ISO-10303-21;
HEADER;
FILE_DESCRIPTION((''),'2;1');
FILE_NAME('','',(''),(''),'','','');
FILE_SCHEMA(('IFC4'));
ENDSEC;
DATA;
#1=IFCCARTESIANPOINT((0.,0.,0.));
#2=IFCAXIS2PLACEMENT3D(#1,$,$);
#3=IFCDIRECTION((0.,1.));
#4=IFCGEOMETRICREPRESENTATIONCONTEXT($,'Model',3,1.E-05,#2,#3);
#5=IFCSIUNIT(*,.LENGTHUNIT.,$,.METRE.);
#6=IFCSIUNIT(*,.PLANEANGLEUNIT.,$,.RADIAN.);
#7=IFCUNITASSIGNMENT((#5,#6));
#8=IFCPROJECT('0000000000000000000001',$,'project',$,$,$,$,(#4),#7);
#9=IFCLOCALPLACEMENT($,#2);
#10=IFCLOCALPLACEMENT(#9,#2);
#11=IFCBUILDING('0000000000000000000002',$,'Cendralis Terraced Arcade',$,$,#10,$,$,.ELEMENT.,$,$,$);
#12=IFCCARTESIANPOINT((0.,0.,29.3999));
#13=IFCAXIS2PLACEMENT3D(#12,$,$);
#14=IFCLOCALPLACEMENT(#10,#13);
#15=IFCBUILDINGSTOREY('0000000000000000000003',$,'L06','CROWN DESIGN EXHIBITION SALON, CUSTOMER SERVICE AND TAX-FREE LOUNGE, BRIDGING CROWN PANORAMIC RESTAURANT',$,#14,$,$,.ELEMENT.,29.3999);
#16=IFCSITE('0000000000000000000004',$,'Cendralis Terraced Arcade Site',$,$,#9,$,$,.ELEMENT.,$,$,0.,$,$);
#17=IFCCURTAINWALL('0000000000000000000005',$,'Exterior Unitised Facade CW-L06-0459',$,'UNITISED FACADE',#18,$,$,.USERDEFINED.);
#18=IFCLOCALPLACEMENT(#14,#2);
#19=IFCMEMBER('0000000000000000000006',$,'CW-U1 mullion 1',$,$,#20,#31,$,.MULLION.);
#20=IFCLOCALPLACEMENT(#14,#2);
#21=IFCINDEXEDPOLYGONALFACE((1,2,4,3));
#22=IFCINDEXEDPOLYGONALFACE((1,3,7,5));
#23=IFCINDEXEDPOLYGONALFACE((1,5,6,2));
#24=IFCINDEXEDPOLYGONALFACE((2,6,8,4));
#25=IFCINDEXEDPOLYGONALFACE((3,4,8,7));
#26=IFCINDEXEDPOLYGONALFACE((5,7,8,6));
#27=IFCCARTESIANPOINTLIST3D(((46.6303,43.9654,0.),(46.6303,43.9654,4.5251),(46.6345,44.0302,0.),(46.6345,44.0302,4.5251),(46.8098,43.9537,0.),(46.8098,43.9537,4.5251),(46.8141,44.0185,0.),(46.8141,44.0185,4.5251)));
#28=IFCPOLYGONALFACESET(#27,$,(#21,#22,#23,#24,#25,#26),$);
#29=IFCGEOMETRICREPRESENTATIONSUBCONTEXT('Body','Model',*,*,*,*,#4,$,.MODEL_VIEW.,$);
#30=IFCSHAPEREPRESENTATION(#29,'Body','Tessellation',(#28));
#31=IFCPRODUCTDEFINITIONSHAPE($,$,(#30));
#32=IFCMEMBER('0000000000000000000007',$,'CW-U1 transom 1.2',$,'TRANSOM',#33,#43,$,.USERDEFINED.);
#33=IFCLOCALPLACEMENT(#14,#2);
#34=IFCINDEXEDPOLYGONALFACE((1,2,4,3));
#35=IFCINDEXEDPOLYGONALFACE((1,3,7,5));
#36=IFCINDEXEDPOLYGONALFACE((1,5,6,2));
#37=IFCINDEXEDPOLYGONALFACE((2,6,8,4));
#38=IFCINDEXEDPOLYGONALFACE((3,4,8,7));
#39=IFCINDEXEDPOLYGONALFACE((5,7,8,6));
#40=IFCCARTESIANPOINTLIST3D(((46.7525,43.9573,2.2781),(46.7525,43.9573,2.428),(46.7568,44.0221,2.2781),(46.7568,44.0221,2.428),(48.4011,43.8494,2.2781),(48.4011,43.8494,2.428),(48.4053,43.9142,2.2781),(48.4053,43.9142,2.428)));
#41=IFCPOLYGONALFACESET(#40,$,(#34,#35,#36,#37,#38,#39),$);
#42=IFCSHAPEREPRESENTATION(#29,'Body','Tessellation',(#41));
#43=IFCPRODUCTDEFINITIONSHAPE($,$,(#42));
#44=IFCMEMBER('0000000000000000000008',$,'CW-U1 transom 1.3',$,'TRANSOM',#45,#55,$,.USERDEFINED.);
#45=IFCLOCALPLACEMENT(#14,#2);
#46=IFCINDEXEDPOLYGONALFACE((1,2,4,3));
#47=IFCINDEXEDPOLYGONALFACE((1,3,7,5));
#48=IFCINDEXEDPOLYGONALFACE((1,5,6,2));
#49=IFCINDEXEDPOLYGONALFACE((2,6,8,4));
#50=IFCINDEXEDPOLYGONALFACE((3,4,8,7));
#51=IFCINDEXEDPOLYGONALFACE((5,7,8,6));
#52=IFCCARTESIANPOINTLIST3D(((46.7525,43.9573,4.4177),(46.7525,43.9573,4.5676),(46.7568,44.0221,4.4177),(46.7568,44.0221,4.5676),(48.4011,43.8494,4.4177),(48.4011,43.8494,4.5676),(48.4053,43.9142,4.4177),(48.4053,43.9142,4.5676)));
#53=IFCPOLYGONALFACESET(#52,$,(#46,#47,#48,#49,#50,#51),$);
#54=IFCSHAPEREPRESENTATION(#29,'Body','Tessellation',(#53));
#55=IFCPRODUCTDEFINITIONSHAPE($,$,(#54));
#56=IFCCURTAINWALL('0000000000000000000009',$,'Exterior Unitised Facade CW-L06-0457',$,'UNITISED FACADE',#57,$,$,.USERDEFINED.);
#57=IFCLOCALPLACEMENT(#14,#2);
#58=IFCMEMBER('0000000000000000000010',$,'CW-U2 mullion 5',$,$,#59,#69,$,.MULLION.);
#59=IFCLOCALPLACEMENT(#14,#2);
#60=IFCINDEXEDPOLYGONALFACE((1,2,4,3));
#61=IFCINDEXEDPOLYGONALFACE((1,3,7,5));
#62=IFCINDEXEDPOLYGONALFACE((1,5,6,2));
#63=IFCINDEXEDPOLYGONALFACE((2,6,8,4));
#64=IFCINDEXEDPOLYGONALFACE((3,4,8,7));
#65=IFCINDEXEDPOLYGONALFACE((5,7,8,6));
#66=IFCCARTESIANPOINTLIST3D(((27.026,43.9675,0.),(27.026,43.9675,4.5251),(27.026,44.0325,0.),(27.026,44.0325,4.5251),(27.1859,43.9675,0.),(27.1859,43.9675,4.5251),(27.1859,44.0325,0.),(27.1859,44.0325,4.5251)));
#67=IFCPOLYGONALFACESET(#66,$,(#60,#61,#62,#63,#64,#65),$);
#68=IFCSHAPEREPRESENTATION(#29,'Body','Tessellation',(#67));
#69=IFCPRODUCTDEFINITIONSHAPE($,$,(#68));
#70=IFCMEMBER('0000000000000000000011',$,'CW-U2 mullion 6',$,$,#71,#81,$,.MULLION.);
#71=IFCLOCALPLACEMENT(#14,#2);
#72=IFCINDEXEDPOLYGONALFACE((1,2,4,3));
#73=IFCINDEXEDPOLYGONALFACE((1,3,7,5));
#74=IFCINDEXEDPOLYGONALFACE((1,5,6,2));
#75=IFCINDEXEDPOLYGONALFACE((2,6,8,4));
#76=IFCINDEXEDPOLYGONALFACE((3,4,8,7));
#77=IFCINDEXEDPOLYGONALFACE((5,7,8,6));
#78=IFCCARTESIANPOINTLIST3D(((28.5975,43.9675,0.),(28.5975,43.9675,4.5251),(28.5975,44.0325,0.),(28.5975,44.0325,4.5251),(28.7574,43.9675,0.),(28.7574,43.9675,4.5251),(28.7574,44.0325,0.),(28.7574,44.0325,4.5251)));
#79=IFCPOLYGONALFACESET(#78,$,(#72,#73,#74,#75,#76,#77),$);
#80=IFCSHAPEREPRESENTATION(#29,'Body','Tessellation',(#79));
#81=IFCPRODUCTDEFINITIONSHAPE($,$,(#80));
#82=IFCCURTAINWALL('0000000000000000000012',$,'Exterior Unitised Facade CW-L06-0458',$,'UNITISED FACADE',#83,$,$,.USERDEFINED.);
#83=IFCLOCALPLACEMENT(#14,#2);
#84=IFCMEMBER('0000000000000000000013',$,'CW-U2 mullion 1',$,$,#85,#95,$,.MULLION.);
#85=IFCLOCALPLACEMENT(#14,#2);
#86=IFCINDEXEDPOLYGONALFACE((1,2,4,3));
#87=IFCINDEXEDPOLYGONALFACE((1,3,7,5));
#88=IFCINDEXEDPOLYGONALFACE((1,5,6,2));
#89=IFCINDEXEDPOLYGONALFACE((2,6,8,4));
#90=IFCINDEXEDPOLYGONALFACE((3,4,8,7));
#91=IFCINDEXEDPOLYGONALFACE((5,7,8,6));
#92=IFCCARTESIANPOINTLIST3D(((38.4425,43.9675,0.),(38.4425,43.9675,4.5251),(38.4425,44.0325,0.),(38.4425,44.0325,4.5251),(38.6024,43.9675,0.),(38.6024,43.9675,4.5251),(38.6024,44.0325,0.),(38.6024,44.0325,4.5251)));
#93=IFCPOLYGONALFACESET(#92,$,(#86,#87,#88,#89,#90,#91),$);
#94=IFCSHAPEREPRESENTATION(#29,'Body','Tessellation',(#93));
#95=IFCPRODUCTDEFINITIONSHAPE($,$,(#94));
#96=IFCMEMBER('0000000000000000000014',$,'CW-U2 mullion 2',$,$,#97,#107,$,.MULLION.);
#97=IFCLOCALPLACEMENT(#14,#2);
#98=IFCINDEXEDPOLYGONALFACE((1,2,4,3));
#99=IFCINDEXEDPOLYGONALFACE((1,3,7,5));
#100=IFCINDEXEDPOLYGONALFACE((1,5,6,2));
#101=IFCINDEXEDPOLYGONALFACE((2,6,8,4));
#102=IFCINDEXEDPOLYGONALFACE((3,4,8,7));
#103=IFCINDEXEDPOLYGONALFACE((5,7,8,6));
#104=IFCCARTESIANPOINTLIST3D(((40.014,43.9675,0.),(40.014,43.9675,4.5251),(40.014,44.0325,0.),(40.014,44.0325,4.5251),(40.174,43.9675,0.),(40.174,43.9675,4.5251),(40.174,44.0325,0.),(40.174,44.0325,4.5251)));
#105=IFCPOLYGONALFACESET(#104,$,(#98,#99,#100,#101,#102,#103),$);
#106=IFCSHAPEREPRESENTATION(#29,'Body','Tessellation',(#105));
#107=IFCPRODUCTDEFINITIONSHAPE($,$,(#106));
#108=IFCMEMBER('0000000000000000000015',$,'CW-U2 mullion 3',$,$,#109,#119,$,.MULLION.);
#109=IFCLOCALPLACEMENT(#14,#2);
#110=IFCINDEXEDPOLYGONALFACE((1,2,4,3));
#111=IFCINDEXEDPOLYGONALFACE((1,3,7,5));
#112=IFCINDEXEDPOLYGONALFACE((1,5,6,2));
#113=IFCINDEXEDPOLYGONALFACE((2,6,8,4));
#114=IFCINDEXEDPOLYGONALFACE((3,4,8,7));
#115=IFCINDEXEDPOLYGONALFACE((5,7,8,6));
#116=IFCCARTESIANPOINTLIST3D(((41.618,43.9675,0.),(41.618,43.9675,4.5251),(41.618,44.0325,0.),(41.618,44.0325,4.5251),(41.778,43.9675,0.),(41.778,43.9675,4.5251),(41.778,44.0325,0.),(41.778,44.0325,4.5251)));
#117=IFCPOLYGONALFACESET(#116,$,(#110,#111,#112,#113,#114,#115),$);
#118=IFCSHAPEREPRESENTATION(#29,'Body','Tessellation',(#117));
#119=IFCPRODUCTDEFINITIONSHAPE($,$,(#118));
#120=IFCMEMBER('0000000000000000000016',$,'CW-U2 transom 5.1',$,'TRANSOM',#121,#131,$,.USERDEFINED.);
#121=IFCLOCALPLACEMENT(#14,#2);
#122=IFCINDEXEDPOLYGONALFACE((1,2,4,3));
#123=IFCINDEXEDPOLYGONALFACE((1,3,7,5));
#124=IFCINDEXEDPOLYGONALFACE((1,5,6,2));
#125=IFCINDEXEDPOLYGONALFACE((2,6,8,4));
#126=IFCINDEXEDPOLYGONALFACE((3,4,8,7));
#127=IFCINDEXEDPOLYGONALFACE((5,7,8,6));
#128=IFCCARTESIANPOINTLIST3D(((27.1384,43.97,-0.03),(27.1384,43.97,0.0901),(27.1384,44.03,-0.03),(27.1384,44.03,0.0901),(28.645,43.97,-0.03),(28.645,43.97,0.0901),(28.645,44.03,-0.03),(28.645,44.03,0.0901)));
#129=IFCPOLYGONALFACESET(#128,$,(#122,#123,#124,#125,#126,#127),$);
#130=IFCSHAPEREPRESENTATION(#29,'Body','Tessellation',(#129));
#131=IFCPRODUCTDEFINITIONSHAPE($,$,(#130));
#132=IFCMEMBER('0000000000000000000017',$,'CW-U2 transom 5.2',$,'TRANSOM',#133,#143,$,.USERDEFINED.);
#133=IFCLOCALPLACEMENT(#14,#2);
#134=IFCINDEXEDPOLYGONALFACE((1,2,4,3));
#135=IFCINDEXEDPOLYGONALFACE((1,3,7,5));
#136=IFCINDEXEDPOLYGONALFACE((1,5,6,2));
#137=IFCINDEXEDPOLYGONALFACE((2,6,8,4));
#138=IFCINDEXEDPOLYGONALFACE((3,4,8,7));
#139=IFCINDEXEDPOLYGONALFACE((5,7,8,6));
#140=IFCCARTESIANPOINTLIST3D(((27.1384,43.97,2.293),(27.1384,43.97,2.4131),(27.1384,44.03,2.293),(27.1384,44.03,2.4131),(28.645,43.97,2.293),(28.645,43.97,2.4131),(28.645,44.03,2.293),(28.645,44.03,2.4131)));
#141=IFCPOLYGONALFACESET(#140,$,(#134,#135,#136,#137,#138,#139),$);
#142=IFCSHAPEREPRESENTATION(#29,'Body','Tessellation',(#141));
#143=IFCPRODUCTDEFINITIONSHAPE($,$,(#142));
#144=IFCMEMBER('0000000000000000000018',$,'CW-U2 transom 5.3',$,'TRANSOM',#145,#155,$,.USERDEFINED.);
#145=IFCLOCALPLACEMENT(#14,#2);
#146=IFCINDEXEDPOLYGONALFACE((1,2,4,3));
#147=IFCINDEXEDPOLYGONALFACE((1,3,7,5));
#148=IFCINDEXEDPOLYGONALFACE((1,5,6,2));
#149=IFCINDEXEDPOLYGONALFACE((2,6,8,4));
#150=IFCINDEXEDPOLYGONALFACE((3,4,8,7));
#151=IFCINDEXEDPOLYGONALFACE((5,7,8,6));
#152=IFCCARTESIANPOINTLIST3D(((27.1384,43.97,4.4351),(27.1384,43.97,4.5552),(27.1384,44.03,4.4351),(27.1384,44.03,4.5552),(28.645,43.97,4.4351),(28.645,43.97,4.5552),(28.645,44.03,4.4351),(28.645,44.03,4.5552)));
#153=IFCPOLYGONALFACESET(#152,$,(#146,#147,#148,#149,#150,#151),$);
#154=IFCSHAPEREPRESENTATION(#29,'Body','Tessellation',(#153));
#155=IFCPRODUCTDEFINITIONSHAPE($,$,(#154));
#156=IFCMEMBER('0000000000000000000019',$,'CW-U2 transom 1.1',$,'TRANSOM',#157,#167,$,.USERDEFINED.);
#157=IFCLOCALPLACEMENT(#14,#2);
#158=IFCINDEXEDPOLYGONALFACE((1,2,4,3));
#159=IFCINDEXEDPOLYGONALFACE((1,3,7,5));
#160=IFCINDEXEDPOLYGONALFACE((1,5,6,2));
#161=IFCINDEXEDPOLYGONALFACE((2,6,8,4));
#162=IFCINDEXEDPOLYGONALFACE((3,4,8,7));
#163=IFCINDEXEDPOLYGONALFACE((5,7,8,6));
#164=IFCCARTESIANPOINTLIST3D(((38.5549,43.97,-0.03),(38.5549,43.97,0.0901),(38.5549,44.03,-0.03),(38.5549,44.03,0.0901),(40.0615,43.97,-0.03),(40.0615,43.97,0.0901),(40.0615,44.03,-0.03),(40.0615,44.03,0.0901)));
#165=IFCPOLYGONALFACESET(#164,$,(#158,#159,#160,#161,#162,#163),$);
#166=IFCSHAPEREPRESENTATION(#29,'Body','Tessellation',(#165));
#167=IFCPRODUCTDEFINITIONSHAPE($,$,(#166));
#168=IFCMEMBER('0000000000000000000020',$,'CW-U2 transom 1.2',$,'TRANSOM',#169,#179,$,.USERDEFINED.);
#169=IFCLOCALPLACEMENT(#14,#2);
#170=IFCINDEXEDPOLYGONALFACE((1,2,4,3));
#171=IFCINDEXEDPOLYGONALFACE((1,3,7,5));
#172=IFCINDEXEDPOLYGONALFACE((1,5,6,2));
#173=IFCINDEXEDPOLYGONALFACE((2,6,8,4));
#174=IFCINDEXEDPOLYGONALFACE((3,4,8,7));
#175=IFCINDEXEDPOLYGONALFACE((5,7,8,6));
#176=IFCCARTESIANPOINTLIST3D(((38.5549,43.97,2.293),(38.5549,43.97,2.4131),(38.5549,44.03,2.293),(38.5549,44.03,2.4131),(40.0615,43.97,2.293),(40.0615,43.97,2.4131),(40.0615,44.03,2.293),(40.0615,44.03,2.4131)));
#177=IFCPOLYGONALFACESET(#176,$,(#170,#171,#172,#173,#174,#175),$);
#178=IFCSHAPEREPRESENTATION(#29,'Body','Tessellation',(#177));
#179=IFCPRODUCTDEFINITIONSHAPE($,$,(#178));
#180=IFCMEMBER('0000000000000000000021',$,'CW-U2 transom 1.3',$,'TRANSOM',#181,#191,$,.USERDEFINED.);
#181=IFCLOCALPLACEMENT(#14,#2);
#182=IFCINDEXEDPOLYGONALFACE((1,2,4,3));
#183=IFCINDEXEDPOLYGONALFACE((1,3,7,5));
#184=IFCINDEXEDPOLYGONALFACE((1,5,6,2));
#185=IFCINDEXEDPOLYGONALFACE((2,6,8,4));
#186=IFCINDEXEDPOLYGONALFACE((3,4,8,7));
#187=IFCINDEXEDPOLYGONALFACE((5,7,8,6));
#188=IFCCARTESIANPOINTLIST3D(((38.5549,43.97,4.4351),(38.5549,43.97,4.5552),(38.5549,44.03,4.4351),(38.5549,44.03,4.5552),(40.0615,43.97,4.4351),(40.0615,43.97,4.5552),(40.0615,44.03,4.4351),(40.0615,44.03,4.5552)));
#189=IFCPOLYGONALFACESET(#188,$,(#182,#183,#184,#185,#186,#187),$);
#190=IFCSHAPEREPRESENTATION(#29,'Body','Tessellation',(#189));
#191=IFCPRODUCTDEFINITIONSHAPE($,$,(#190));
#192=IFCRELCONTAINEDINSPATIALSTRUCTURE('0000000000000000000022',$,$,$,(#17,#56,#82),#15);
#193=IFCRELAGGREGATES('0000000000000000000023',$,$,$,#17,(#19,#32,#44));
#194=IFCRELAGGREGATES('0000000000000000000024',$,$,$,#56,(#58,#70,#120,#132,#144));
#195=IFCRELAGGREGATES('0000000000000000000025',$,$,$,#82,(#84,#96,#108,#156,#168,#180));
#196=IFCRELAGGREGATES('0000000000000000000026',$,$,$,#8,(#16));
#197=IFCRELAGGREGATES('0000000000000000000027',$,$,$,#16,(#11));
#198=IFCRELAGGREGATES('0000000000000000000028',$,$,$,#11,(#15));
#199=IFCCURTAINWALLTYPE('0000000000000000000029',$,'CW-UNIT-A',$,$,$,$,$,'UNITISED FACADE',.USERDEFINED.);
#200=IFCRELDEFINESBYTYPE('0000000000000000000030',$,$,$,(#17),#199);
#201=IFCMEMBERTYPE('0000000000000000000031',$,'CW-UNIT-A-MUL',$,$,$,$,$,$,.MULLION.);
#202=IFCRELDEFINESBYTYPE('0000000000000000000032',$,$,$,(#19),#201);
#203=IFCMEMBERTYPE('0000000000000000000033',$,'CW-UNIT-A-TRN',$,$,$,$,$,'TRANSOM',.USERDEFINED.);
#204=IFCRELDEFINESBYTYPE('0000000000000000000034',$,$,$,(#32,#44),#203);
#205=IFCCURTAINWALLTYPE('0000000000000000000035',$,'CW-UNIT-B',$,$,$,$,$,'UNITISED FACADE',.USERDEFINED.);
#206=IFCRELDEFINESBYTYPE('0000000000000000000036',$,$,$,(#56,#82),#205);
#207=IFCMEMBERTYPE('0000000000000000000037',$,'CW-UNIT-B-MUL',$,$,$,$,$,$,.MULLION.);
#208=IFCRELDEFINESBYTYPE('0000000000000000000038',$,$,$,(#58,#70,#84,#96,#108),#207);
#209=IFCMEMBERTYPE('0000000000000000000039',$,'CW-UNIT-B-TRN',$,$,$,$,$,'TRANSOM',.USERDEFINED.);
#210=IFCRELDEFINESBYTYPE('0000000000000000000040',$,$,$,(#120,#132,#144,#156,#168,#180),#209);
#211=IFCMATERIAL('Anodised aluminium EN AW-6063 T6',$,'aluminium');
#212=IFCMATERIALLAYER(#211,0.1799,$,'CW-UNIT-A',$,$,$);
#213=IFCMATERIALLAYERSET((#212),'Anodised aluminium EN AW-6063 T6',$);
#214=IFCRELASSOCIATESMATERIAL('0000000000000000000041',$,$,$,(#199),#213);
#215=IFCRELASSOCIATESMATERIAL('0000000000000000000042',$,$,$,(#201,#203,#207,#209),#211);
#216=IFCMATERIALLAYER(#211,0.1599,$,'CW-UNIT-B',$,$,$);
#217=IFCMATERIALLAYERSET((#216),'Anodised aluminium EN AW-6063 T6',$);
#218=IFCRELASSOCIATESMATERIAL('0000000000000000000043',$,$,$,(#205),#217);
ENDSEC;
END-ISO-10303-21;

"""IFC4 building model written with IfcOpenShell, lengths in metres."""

from ifc_helpers import new_model, si_unit, direction, frame, origin, origin_2d, place, context, subcontext, project, spatial, rectangle, extrude, material, layer, layer_set, material_profile, profile_set, type_object, element, aggregate, save


model = new_model("IFC4")

# Units and contexts
model_context = context("Model", 3, precision=1e-05, world=origin(), true_north=direction((0.0, 1.0)))
body_context = subcontext(model_context, "Body", "Model", "MODEL_VIEW")
ifc_project = project(units=[si_unit("LENGTHUNIT", "METRE"), si_unit("PLANEANGLEUNIT", "RADIAN")], contexts=[model_context])

# Site, building, storey
site_placement = place(None, origin())
site = spatial("IfcSite", under=ifc_project, at=site_placement, Name="Cendralis Terraced Arcade Site", CompositionType="ELEMENT", RefElevation=0.0)
building_placement = place(site_placement, origin())
building = spatial("IfcBuilding", under=site, at=building_placement, Name="Cendralis Terraced Arcade", CompositionType="ELEMENT")
storey_placement = place(building_placement, frame((0.0, 0.0, 29.3999)))
storey = spatial("IfcBuildingStorey", under=building, at=storey_placement, Name="L06", Description="CROWN DESIGN EXHIBITION SALON, CUSTOMER SERVICE AND TAX-FREE LOUNGE, BRIDGING CROWN PANORAMIC RESTAURANT", CompositionType="ELEMENT", Elevation=29.3999)

# Curtain walls, members
ifc_material_1 = material(Name="Anodised aluminium EN AW-6063 T6", Category="aluminium")
ifc_layer_1 = layer(ifc_material_1, 0.1799, Name="CW-UNIT-A")
ifc_layer_set_1 = layer_set([ifc_layer_1], Name="Anodised aluminium EN AW-6063 T6")
curtain_wall_type_1 = type_object("IfcCurtainWallType", Name="CW-UNIT-A", ElementType="UNITISED FACADE", PredefinedType="USERDEFINED", material=ifc_layer_set_1)
curtain_wall_1_placement = place(storey_placement, origin())
curtain_wall_1 = element("IfcCurtainWall", 1, at=curtain_wall_1_placement, inside=storey, type_object=curtain_wall_type_1, Name="Exterior Unitised Facade CW-L06-0459", ObjectType="UNITISED FACADE", PredefinedType="USERDEFINED")
ifc_material_profile_1 = material_profile(ifc_material_1, rectangle(XDim=0.0649, YDim=0.1799, at=origin_2d()), Name="ALU-MUL-65x180")
ifc_profile_set_1 = profile_set([ifc_material_profile_1], Name="Anodised aluminium EN AW-6063 T6")
member_type_1 = type_object("IfcMemberType", Name="CW-UNIT-A-MUL", PredefinedType="MULLION", material=ifc_profile_set_1)
member_1_placement = place(storey_placement, frame((46.7222, 43.9919, 0.0), z_axis=(0.0, 0.0, 1.0), x_axis=(0.065372, 0.997861, 0.0)))
member_1 = element("IfcMember", 2, at=member_1_placement, type_object=member_type_1, Name="CW-U1 mullion 1", PredefinedType="MULLION", context=body_context, shape_type="SweptSolid", body=[
    extrude(rectangle(XDim=0.0649, YDim=0.1799, at=origin_2d()), origin(), (0.0, 0.0, 1.0), 4.5251),
])
ifc_material_profile_2 = material_profile(ifc_material_1, rectangle(XDim=0.0649, YDim=0.1499, at=origin_2d()), Name="ALU-TRN-65x150")
ifc_profile_set_2 = profile_set([ifc_material_profile_2], Name="Anodised aluminium EN AW-6063 T6")
member_type_2 = type_object("IfcMemberType", Name="CW-UNIT-A-TRN", ElementType="TRANSOM", PredefinedType="USERDEFINED", material=ifc_profile_set_2)
member_2_placement = place(storey_placement, frame((46.7546, 43.9897, 2.353), z_axis=(0.997865, -0.065313, 0.0), x_axis=(0.065313, 0.997865, 0.0)))
member_2 = element("IfcMember", 3, at=member_2_placement, type_object=member_type_2, Name="CW-U1 transom 1.2", ObjectType="TRANSOM", PredefinedType="USERDEFINED", context=body_context, shape_type="SweptSolid", body=[
    extrude(rectangle(XDim=0.0649, YDim=0.1499, at=origin_2d()), origin(), (0.0, 0.0, 1.0), 1.6521),
])
member_3_placement = place(storey_placement, frame((46.7546, 43.9897, 4.4927), z_axis=(0.997865, -0.065313, 0.0), x_axis=(0.065313, 0.997865, 0.0)))
member_3 = element("IfcMember", 4, at=member_3_placement, type_object=member_type_2, Name="CW-U1 transom 1.3", ObjectType="TRANSOM", PredefinedType="USERDEFINED", context=body_context, shape_type="SweptSolid", body=[
    extrude(rectangle(XDim=0.0649, YDim=0.1499, at=origin_2d()), origin(), (0.0, 0.0, 1.0), 1.6521),
])
aggregate(curtain_wall_1, [member_1, member_2, member_3])
ifc_layer_2 = layer(ifc_material_1, 0.1599, Name="CW-UNIT-B")
ifc_layer_set_2 = layer_set([ifc_layer_2], Name="Anodised aluminium EN AW-6063 T6")
curtain_wall_type_2 = type_object("IfcCurtainWallType", Name="CW-UNIT-B", ElementType="UNITISED FACADE", PredefinedType="USERDEFINED", material=ifc_layer_set_2)
curtain_wall_2_placement = place(storey_placement, origin())
curtain_wall_2 = element("IfcCurtainWall", 5, at=curtain_wall_2_placement, inside=storey, type_object=curtain_wall_type_2, Name="Exterior Unitised Facade CW-L06-0457", ObjectType="UNITISED FACADE", PredefinedType="USERDEFINED")
ifc_material_profile_3 = material_profile(ifc_material_1, rectangle(XDim=0.0649, YDim=0.1599, at=origin_2d()), Name="ALU-MUL-65x160")
ifc_profile_set_3 = profile_set([ifc_material_profile_3], Name="Anodised aluminium EN AW-6063 T6")
member_type_3 = type_object("IfcMemberType", Name="CW-UNIT-B-MUL", PredefinedType="MULLION", material=ifc_profile_set_3)
member_4_placement = place(storey_placement, frame((27.106, 44.0, 0.0), z_axis=(0.0, 0.0, 1.0), x_axis=(0.0, 1.0, 0.0)))
member_4 = element("IfcMember", 6, at=member_4_placement, type_object=member_type_3, Name="CW-U2 mullion 5", PredefinedType="MULLION", context=body_context, shape_type="SweptSolid", body=[
    extrude(rectangle(XDim=0.0649, YDim=0.1599, at=origin_2d()), origin(), (0.0, 0.0, 1.0), 4.5251),
])
member_5_placement = place(storey_placement, frame((28.6775, 44.0, 0.0), z_axis=(0.0, 0.0, 1.0), x_axis=(0.0, 1.0, 0.0)))
member_5 = element("IfcMember", 7, at=member_5_placement, type_object=member_type_3, Name="CW-U2 mullion 6", PredefinedType="MULLION", context=body_context, shape_type="SweptSolid", body=[
    extrude(rectangle(XDim=0.0649, YDim=0.1599, at=origin_2d()), origin(), (0.0, 0.0, 1.0), 4.5251),
])
curtain_wall_3_placement = place(storey_placement, origin())
curtain_wall_3 = element("IfcCurtainWall", 8, at=curtain_wall_3_placement, inside=storey, type_object=curtain_wall_type_2, Name="Exterior Unitised Facade CW-L06-0458", ObjectType="UNITISED FACADE", PredefinedType="USERDEFINED")
member_6_placement = place(storey_placement, frame((38.5225, 44.0, 0.0), z_axis=(0.0, 0.0, 1.0), x_axis=(0.0, 1.0, 0.0)))
member_6 = element("IfcMember", 9, at=member_6_placement, type_object=member_type_3, Name="CW-U2 mullion 1", PredefinedType="MULLION", context=body_context, shape_type="SweptSolid", body=[
    extrude(rectangle(XDim=0.0649, YDim=0.1599, at=origin_2d()), origin(), (0.0, 0.0, 1.0), 4.5251),
])
member_7_placement = place(storey_placement, frame((40.094, 44.0, 0.0), z_axis=(0.0, 0.0, 1.0), x_axis=(0.0, 1.0, 0.0)))
member_7 = element("IfcMember", 10, at=member_7_placement, type_object=member_type_3, Name="CW-U2 mullion 2", PredefinedType="MULLION", context=body_context, shape_type="SweptSolid", body=[
    extrude(rectangle(XDim=0.0649, YDim=0.1599, at=origin_2d()), origin(), (0.0, 0.0, 1.0), 4.5251),
])
member_8_placement = place(storey_placement, frame((41.698, 44.0, 0.0), z_axis=(0.0, 0.0, 1.0), x_axis=(0.0, 1.0, 0.0)))
member_8 = element("IfcMember", 11, at=member_8_placement, type_object=member_type_3, Name="CW-U2 mullion 3", PredefinedType="MULLION", context=body_context, shape_type="SweptSolid", body=[
    extrude(rectangle(XDim=0.0649, YDim=0.1599, at=origin_2d()), origin(), (0.0, 0.0, 1.0), 4.5251),
])

# Members
ifc_material_profile_4 = material_profile(ifc_material_1, rectangle(XDim=0.0601, YDim=0.1201, at=origin_2d()), Name="ALU-TRN-60x120")
ifc_profile_set_4 = profile_set([ifc_material_profile_4], Name="Anodised aluminium EN AW-6063 T6")
member_type_4 = type_object("IfcMemberType", Name="CW-UNIT-B-TRN", ElementType="TRANSOM", PredefinedType="USERDEFINED", material=ifc_profile_set_4)
member_9_placement = place(storey_placement, frame((27.1384, 44.0, 0.03), z_axis=(1.0, 0.0, 0.0), x_axis=(0.0, 1.0, 0.0)))
member_9 = element("IfcMember", 12, at=member_9_placement, type_object=member_type_4, Name="CW-U2 transom 5.1", ObjectType="TRANSOM", PredefinedType="USERDEFINED", context=body_context, shape_type="SweptSolid", body=[
    extrude(rectangle(XDim=0.0601, YDim=0.1201, at=origin_2d()), origin(), (0.0, 0.0, 1.0), 1.5066),
])
member_10_placement = place(storey_placement, frame((27.1384, 44.0, 2.353), z_axis=(1.0, 0.0, 0.0), x_axis=(0.0, 1.0, 0.0)))
member_10 = element("IfcMember", 13, at=member_10_placement, type_object=member_type_4, Name="CW-U2 transom 5.2", ObjectType="TRANSOM", PredefinedType="USERDEFINED", context=body_context, shape_type="SweptSolid", body=[
    extrude(rectangle(XDim=0.0601, YDim=0.1201, at=origin_2d()), origin(), (0.0, 0.0, 1.0), 1.5066),
])
member_11_placement = place(storey_placement, frame((27.1384, 44.0, 4.4951), z_axis=(1.0, 0.0, 0.0), x_axis=(0.0, 1.0, 0.0)))
member_11 = element("IfcMember", 14, at=member_11_placement, type_object=member_type_4, Name="CW-U2 transom 5.3", ObjectType="TRANSOM", PredefinedType="USERDEFINED", context=body_context, shape_type="SweptSolid", body=[
    extrude(rectangle(XDim=0.0601, YDim=0.1201, at=origin_2d()), origin(), (0.0, 0.0, 1.0), 1.5066),
])
member_12_placement = place(storey_placement, frame((38.5549, 44.0, 0.03), z_axis=(1.0, 0.0, 0.0), x_axis=(0.0, 1.0, 0.0)))
member_12 = element("IfcMember", 15, at=member_12_placement, type_object=member_type_4, Name="CW-U2 transom 1.1", ObjectType="TRANSOM", PredefinedType="USERDEFINED", context=body_context, shape_type="SweptSolid", body=[
    extrude(rectangle(XDim=0.0601, YDim=0.1201, at=origin_2d()), origin(), (0.0, 0.0, 1.0), 1.5066),
])
member_13_placement = place(storey_placement, frame((38.5549, 44.0, 2.353), z_axis=(1.0, 0.0, 0.0), x_axis=(0.0, 1.0, 0.0)))
member_13 = element("IfcMember", 16, at=member_13_placement, type_object=member_type_4, Name="CW-U2 transom 1.2", ObjectType="TRANSOM", PredefinedType="USERDEFINED", context=body_context, shape_type="SweptSolid", body=[
    extrude(rectangle(XDim=0.0601, YDim=0.1201, at=origin_2d()), origin(), (0.0, 0.0, 1.0), 1.5066),
])
member_14_placement = place(storey_placement, frame((38.5549, 44.0, 4.4951), z_axis=(1.0, 0.0, 0.0), x_axis=(0.0, 1.0, 0.0)))
member_14 = element("IfcMember", 17, at=member_14_placement, type_object=member_type_4, Name="CW-U2 transom 1.3", ObjectType="TRANSOM", PredefinedType="USERDEFINED", context=body_context, shape_type="SweptSolid", body=[
    extrude(rectangle(XDim=0.0601, YDim=0.1201, at=origin_2d()), origin(), (0.0, 0.0, 1.0), 1.5066),
])

aggregate(curtain_wall_2, [member_4, member_5, member_9, member_10, member_11])
aggregate(curtain_wall_3, [member_6, member_7, member_8, member_12, member_13, member_14])

save(model, "model.ifc")
